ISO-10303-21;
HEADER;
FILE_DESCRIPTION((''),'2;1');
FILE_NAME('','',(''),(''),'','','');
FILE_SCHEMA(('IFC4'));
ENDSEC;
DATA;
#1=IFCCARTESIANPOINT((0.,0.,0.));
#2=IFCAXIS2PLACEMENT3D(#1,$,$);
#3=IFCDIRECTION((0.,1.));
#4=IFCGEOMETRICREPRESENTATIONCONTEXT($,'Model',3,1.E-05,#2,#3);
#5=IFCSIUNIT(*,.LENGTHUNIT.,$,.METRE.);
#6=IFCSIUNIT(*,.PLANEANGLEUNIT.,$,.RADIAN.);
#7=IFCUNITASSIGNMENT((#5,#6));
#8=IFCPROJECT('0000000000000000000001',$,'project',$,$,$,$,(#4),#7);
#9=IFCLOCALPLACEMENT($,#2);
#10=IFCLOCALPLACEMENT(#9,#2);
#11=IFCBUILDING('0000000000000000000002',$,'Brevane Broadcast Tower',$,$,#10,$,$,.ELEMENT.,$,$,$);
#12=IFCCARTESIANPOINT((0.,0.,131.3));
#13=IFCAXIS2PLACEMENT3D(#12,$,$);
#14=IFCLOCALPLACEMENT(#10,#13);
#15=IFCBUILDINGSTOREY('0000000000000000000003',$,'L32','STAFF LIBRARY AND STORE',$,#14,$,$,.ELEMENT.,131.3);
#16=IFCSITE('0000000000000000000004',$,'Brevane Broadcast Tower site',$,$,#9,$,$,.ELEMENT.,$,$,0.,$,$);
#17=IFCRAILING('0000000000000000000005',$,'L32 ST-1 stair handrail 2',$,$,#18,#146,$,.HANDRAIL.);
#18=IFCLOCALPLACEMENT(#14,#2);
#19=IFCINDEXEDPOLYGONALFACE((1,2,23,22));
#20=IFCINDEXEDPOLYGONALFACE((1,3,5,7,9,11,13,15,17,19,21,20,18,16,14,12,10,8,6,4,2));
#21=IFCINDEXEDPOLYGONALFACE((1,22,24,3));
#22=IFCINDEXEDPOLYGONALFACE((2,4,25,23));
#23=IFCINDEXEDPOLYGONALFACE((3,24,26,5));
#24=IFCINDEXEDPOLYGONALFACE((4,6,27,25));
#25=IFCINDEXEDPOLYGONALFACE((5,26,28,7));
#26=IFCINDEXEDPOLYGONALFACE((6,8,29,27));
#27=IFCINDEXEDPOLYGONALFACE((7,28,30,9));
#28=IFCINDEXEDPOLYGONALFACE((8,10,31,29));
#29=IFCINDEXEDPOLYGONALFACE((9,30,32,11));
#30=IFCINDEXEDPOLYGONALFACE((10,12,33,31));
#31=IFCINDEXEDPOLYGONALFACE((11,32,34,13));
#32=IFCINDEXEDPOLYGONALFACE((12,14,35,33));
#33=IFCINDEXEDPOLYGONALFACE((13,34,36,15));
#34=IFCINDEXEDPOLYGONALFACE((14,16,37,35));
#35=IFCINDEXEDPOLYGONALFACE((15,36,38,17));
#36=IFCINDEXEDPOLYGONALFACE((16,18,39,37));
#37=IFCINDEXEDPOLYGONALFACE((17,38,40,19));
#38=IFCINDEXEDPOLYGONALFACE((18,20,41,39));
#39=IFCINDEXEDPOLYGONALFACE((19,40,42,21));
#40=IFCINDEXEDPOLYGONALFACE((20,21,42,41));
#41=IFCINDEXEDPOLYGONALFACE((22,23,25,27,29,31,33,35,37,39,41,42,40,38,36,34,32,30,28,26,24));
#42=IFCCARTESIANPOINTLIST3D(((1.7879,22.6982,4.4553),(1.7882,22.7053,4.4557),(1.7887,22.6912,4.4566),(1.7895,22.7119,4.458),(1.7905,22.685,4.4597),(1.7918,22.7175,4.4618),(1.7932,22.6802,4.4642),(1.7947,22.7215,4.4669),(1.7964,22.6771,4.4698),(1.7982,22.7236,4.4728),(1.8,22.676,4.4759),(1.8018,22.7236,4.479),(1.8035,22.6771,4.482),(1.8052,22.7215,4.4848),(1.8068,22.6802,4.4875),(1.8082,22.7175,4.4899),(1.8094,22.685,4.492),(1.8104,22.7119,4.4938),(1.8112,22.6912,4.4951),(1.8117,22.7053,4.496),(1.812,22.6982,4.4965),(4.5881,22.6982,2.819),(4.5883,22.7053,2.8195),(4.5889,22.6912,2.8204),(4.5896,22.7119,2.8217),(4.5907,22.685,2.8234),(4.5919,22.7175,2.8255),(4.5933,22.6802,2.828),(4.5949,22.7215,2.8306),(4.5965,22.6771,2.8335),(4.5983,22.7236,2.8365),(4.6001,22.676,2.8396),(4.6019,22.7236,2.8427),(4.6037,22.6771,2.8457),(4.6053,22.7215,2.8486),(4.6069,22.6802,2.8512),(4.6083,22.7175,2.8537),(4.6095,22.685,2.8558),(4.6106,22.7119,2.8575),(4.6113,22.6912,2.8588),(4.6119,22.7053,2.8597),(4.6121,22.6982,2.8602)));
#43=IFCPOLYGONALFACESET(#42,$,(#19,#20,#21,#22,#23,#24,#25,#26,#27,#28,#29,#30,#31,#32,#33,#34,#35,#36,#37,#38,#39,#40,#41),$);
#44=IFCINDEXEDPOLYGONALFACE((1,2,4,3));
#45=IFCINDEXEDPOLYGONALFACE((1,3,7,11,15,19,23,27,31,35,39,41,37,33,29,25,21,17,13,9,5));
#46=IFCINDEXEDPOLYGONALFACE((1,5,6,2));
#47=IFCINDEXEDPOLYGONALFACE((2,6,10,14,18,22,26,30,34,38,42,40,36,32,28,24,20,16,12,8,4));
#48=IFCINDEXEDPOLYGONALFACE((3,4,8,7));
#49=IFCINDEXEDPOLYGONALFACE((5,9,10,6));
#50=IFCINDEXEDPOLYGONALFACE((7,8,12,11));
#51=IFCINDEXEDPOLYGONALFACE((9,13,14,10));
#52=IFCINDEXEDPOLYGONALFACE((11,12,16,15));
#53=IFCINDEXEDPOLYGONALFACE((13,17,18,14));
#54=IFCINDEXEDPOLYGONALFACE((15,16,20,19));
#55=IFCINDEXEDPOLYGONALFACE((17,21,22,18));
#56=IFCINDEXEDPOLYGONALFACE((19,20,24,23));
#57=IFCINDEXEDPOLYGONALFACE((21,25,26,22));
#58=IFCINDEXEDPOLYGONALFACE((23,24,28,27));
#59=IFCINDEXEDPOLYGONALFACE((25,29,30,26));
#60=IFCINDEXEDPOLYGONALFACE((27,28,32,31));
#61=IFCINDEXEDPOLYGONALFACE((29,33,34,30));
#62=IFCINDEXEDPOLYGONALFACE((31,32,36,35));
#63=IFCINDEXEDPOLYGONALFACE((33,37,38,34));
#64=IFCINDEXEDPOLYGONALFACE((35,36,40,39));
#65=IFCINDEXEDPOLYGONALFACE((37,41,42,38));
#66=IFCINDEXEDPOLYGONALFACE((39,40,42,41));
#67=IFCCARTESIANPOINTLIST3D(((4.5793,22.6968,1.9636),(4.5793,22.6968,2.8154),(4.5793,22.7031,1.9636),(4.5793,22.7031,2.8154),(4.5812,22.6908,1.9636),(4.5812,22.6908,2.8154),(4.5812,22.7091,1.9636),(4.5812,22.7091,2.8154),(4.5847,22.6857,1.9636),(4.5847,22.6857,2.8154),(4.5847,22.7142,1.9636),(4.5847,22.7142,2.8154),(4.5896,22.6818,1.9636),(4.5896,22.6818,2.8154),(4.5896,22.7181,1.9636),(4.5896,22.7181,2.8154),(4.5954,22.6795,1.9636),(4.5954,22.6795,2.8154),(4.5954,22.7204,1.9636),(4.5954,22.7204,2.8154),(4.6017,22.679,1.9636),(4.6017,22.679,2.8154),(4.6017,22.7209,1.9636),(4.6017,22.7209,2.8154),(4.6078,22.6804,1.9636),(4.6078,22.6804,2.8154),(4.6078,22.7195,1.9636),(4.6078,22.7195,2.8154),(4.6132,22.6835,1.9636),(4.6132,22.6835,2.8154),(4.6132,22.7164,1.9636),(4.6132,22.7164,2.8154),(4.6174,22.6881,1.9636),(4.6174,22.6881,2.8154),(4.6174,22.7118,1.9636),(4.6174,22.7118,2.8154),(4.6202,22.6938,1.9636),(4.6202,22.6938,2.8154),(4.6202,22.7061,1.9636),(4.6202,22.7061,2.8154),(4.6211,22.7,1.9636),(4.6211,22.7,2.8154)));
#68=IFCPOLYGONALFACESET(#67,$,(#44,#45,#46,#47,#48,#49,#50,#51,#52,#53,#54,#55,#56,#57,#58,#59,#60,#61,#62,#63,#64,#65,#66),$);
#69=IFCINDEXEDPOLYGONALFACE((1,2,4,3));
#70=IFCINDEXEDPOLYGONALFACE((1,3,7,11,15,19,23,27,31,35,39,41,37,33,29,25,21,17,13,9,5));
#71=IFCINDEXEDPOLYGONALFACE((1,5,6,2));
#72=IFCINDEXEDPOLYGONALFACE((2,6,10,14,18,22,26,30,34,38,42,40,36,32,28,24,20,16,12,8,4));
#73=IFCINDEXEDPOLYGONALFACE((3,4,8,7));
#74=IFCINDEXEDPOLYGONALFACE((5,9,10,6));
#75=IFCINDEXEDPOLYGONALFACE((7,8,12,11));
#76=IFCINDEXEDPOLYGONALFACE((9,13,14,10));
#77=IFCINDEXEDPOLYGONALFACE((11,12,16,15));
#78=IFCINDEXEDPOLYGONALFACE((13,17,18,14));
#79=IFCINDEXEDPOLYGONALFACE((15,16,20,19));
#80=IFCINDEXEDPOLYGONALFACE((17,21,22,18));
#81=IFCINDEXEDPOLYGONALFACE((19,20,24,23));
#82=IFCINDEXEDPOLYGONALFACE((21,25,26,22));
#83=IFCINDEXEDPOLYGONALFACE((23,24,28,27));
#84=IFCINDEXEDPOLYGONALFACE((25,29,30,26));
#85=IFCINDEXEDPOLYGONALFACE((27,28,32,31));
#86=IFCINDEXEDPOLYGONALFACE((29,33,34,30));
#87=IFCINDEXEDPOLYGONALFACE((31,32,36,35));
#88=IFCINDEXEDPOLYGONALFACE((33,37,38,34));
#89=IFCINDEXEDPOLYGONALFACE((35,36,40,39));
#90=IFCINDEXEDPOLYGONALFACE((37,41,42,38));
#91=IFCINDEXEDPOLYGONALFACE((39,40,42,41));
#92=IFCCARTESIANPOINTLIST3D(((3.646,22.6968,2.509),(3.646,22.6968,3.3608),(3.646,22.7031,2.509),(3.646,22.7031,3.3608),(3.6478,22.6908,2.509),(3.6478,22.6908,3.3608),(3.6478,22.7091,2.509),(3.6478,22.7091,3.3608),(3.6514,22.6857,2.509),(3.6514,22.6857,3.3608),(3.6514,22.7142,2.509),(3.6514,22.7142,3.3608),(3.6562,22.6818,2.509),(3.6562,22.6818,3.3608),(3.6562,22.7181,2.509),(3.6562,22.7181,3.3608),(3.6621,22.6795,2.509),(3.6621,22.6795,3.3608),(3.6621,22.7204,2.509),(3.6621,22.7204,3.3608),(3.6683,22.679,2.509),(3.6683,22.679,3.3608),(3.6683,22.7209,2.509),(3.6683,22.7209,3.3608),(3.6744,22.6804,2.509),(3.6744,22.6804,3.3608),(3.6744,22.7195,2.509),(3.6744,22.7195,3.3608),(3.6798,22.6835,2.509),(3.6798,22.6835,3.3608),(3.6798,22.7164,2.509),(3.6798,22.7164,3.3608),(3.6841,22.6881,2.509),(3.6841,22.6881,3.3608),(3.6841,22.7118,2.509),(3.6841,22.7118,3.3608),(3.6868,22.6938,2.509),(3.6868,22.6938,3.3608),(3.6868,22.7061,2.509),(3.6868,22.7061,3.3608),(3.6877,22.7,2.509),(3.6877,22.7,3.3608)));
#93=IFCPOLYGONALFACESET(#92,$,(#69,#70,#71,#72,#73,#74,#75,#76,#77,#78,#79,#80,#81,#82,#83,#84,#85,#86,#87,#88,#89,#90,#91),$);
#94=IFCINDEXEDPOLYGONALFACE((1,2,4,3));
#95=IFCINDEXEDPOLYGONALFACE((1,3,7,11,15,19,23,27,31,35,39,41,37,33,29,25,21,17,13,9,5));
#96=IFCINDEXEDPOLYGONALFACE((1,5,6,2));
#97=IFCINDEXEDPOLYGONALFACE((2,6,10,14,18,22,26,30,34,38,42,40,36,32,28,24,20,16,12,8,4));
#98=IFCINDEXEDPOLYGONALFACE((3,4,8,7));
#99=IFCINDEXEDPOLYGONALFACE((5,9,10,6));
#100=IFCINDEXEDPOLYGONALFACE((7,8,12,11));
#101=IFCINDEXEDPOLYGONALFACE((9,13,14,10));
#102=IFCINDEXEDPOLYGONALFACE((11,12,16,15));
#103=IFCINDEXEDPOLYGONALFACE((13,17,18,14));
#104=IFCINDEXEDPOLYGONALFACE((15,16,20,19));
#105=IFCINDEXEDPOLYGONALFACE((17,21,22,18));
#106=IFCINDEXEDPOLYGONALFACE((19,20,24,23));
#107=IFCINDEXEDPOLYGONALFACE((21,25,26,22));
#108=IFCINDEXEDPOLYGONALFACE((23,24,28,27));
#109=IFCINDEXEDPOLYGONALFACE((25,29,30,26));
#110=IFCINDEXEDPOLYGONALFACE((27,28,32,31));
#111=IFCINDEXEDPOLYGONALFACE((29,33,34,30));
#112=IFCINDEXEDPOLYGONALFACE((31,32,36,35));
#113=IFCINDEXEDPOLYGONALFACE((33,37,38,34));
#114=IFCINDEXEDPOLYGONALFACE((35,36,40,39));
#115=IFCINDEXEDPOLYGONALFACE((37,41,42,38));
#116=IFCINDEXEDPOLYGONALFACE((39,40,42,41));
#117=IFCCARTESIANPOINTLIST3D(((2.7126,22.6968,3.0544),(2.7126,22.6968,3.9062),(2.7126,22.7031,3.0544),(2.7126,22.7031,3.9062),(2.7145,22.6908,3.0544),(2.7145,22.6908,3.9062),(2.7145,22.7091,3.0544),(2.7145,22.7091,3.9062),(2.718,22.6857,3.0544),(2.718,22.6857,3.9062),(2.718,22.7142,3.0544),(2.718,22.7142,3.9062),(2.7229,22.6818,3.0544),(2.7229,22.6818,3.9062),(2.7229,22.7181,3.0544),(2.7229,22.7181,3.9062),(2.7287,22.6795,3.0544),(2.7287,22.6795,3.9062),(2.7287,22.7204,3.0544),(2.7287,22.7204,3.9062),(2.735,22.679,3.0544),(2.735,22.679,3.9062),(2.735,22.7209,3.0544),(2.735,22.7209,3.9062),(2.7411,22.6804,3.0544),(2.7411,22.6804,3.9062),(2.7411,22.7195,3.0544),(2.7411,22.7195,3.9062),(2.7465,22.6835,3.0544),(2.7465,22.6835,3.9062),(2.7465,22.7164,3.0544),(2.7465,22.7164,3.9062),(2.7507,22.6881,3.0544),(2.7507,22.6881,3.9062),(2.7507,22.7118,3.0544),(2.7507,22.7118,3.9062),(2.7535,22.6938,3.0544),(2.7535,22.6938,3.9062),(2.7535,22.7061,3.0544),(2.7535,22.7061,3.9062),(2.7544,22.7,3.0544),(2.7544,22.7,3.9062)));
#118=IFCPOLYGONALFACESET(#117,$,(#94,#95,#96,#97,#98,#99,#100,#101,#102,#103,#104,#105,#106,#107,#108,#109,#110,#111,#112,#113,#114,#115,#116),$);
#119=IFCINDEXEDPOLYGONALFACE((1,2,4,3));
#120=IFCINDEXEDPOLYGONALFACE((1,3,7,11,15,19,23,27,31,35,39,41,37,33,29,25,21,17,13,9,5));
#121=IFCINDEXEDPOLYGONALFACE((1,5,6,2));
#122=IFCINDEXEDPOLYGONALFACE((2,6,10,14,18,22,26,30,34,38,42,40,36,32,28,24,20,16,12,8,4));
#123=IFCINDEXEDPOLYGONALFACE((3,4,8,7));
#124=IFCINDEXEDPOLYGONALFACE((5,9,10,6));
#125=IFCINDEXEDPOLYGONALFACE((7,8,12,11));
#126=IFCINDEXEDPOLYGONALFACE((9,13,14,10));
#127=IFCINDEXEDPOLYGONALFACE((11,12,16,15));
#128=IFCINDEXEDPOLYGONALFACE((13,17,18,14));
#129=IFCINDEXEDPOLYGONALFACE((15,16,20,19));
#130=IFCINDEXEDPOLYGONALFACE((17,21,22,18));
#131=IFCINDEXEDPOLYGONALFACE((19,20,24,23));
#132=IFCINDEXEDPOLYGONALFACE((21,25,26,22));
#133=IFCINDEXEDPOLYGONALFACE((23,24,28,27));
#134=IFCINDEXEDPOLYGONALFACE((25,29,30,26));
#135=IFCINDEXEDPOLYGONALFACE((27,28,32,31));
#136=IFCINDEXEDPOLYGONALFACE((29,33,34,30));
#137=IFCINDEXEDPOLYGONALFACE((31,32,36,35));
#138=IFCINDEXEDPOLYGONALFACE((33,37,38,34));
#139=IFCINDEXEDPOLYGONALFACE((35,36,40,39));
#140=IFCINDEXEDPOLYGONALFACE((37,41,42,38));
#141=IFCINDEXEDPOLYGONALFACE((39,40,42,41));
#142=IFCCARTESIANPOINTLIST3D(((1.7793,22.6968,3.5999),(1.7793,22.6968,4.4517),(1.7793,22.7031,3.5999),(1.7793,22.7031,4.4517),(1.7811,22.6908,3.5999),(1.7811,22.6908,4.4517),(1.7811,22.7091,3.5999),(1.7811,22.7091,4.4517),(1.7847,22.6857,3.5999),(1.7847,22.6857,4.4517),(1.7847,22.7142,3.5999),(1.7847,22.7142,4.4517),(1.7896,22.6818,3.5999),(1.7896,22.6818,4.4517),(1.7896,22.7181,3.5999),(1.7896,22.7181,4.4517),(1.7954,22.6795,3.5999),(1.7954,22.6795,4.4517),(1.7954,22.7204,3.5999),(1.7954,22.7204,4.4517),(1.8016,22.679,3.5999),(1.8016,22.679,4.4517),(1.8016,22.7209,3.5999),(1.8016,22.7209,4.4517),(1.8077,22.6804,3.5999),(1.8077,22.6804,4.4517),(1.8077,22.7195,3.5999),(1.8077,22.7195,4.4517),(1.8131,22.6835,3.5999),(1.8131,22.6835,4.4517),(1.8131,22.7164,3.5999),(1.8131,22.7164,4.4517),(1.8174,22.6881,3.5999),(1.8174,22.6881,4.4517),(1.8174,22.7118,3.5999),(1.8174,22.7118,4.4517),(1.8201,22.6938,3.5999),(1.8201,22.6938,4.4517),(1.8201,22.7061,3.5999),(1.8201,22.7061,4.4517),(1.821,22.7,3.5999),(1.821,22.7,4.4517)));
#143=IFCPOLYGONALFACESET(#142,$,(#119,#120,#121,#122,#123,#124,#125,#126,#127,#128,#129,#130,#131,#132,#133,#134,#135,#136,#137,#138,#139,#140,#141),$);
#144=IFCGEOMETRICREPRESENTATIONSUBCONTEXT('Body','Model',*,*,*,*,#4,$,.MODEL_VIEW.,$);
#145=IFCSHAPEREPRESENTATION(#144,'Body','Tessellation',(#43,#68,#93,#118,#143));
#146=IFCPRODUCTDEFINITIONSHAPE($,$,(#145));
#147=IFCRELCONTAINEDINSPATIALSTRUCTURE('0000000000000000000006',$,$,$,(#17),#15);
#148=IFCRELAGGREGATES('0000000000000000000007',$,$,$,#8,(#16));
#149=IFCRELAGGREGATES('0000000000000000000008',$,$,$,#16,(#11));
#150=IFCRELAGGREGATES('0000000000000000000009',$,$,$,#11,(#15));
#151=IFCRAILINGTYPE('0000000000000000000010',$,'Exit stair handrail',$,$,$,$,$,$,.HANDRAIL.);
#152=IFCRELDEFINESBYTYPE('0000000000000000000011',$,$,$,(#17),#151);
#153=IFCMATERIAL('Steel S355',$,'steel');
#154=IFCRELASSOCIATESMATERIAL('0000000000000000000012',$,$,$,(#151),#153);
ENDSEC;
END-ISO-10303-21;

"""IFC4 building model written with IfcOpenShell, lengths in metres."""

from ifc_helpers import new_model, si_unit, direction, frame, origin, origin_2d, place, context, subcontext, project, spatial, circle, extrude, material, type_object, element, save


model = new_model("IFC4")

# Units and contexts
model_context = context("Model", 3, precision=1e-05, world=origin(), true_north=direction((0.0, 1.0)))
body_context = subcontext(model_context, "Body", "Model", "MODEL_VIEW")
ifc_project = project(units=[si_unit("LENGTHUNIT", "METRE"), si_unit("PLANEANGLEUNIT", "RADIAN")], contexts=[model_context])

# Site, building, storey
site_placement = place(None, origin())
site = spatial("IfcSite", under=ifc_project, at=site_placement, Name="Brevane Broadcast Tower site", CompositionType="ELEMENT", RefElevation=0.0)
building_placement = place(site_placement, origin())
building = spatial("IfcBuilding", under=site, at=building_placement, Name="Brevane Broadcast Tower", CompositionType="ELEMENT")
storey_placement = place(building_placement, frame((0.0, 0.0, 131.3)))
storey = spatial("IfcBuildingStorey", under=building, at=storey_placement, Name="L32", Description="STAFF LIBRARY AND STORE", CompositionType="ELEMENT", Elevation=131.3)

# Railing
ifc_material_1 = material(Name="Steel S355", Category="steel")
railing_type_1 = type_object("IfcRailingType", Name="Exit stair handrail", PredefinedType="HANDRAIL", material=ifc_material_1)
railing_1_placement = place(storey_placement, frame((4.6001, 22.7, 1.9636)))
element("IfcRailing", 1, at=railing_1_placement, inside=storey, type_object=railing_type_1, Name="L32 ST-1 stair handrail 2", PredefinedType="HANDRAIL", context=body_context, shape_type="SweptSolid", body=[
    extrude(circle(Radius=0.0239, at=origin_2d()), frame((0.0, 0.0, 0.876), z_axis=(-0.863394, 0.0, 0.504531), x_axis=(0.0, -1.0, 0.0)), (0.0, 0.0, 1.0), 3.2432),
    extrude(circle(Radius=0.021, at=origin_2d()), origin(), (0.0, 0.0, 1.0), 0.8518),
    extrude(circle(Radius=0.021, at=origin_2d()), frame((-0.9333, 0.0, 0.5454)), (0.0, 0.0, 1.0), 0.8518),
    extrude(circle(Radius=0.021, at=origin_2d()), frame((-1.8667, 0.0, 1.0908)), (0.0, 0.0, 1.0), 0.8518),
    extrude(circle(Radius=0.021, at=origin_2d()), frame((-2.8, 0.0, 1.6362)), (0.0, 0.0, 1.0), 0.8518),
])

save(model, "model.ifc")
